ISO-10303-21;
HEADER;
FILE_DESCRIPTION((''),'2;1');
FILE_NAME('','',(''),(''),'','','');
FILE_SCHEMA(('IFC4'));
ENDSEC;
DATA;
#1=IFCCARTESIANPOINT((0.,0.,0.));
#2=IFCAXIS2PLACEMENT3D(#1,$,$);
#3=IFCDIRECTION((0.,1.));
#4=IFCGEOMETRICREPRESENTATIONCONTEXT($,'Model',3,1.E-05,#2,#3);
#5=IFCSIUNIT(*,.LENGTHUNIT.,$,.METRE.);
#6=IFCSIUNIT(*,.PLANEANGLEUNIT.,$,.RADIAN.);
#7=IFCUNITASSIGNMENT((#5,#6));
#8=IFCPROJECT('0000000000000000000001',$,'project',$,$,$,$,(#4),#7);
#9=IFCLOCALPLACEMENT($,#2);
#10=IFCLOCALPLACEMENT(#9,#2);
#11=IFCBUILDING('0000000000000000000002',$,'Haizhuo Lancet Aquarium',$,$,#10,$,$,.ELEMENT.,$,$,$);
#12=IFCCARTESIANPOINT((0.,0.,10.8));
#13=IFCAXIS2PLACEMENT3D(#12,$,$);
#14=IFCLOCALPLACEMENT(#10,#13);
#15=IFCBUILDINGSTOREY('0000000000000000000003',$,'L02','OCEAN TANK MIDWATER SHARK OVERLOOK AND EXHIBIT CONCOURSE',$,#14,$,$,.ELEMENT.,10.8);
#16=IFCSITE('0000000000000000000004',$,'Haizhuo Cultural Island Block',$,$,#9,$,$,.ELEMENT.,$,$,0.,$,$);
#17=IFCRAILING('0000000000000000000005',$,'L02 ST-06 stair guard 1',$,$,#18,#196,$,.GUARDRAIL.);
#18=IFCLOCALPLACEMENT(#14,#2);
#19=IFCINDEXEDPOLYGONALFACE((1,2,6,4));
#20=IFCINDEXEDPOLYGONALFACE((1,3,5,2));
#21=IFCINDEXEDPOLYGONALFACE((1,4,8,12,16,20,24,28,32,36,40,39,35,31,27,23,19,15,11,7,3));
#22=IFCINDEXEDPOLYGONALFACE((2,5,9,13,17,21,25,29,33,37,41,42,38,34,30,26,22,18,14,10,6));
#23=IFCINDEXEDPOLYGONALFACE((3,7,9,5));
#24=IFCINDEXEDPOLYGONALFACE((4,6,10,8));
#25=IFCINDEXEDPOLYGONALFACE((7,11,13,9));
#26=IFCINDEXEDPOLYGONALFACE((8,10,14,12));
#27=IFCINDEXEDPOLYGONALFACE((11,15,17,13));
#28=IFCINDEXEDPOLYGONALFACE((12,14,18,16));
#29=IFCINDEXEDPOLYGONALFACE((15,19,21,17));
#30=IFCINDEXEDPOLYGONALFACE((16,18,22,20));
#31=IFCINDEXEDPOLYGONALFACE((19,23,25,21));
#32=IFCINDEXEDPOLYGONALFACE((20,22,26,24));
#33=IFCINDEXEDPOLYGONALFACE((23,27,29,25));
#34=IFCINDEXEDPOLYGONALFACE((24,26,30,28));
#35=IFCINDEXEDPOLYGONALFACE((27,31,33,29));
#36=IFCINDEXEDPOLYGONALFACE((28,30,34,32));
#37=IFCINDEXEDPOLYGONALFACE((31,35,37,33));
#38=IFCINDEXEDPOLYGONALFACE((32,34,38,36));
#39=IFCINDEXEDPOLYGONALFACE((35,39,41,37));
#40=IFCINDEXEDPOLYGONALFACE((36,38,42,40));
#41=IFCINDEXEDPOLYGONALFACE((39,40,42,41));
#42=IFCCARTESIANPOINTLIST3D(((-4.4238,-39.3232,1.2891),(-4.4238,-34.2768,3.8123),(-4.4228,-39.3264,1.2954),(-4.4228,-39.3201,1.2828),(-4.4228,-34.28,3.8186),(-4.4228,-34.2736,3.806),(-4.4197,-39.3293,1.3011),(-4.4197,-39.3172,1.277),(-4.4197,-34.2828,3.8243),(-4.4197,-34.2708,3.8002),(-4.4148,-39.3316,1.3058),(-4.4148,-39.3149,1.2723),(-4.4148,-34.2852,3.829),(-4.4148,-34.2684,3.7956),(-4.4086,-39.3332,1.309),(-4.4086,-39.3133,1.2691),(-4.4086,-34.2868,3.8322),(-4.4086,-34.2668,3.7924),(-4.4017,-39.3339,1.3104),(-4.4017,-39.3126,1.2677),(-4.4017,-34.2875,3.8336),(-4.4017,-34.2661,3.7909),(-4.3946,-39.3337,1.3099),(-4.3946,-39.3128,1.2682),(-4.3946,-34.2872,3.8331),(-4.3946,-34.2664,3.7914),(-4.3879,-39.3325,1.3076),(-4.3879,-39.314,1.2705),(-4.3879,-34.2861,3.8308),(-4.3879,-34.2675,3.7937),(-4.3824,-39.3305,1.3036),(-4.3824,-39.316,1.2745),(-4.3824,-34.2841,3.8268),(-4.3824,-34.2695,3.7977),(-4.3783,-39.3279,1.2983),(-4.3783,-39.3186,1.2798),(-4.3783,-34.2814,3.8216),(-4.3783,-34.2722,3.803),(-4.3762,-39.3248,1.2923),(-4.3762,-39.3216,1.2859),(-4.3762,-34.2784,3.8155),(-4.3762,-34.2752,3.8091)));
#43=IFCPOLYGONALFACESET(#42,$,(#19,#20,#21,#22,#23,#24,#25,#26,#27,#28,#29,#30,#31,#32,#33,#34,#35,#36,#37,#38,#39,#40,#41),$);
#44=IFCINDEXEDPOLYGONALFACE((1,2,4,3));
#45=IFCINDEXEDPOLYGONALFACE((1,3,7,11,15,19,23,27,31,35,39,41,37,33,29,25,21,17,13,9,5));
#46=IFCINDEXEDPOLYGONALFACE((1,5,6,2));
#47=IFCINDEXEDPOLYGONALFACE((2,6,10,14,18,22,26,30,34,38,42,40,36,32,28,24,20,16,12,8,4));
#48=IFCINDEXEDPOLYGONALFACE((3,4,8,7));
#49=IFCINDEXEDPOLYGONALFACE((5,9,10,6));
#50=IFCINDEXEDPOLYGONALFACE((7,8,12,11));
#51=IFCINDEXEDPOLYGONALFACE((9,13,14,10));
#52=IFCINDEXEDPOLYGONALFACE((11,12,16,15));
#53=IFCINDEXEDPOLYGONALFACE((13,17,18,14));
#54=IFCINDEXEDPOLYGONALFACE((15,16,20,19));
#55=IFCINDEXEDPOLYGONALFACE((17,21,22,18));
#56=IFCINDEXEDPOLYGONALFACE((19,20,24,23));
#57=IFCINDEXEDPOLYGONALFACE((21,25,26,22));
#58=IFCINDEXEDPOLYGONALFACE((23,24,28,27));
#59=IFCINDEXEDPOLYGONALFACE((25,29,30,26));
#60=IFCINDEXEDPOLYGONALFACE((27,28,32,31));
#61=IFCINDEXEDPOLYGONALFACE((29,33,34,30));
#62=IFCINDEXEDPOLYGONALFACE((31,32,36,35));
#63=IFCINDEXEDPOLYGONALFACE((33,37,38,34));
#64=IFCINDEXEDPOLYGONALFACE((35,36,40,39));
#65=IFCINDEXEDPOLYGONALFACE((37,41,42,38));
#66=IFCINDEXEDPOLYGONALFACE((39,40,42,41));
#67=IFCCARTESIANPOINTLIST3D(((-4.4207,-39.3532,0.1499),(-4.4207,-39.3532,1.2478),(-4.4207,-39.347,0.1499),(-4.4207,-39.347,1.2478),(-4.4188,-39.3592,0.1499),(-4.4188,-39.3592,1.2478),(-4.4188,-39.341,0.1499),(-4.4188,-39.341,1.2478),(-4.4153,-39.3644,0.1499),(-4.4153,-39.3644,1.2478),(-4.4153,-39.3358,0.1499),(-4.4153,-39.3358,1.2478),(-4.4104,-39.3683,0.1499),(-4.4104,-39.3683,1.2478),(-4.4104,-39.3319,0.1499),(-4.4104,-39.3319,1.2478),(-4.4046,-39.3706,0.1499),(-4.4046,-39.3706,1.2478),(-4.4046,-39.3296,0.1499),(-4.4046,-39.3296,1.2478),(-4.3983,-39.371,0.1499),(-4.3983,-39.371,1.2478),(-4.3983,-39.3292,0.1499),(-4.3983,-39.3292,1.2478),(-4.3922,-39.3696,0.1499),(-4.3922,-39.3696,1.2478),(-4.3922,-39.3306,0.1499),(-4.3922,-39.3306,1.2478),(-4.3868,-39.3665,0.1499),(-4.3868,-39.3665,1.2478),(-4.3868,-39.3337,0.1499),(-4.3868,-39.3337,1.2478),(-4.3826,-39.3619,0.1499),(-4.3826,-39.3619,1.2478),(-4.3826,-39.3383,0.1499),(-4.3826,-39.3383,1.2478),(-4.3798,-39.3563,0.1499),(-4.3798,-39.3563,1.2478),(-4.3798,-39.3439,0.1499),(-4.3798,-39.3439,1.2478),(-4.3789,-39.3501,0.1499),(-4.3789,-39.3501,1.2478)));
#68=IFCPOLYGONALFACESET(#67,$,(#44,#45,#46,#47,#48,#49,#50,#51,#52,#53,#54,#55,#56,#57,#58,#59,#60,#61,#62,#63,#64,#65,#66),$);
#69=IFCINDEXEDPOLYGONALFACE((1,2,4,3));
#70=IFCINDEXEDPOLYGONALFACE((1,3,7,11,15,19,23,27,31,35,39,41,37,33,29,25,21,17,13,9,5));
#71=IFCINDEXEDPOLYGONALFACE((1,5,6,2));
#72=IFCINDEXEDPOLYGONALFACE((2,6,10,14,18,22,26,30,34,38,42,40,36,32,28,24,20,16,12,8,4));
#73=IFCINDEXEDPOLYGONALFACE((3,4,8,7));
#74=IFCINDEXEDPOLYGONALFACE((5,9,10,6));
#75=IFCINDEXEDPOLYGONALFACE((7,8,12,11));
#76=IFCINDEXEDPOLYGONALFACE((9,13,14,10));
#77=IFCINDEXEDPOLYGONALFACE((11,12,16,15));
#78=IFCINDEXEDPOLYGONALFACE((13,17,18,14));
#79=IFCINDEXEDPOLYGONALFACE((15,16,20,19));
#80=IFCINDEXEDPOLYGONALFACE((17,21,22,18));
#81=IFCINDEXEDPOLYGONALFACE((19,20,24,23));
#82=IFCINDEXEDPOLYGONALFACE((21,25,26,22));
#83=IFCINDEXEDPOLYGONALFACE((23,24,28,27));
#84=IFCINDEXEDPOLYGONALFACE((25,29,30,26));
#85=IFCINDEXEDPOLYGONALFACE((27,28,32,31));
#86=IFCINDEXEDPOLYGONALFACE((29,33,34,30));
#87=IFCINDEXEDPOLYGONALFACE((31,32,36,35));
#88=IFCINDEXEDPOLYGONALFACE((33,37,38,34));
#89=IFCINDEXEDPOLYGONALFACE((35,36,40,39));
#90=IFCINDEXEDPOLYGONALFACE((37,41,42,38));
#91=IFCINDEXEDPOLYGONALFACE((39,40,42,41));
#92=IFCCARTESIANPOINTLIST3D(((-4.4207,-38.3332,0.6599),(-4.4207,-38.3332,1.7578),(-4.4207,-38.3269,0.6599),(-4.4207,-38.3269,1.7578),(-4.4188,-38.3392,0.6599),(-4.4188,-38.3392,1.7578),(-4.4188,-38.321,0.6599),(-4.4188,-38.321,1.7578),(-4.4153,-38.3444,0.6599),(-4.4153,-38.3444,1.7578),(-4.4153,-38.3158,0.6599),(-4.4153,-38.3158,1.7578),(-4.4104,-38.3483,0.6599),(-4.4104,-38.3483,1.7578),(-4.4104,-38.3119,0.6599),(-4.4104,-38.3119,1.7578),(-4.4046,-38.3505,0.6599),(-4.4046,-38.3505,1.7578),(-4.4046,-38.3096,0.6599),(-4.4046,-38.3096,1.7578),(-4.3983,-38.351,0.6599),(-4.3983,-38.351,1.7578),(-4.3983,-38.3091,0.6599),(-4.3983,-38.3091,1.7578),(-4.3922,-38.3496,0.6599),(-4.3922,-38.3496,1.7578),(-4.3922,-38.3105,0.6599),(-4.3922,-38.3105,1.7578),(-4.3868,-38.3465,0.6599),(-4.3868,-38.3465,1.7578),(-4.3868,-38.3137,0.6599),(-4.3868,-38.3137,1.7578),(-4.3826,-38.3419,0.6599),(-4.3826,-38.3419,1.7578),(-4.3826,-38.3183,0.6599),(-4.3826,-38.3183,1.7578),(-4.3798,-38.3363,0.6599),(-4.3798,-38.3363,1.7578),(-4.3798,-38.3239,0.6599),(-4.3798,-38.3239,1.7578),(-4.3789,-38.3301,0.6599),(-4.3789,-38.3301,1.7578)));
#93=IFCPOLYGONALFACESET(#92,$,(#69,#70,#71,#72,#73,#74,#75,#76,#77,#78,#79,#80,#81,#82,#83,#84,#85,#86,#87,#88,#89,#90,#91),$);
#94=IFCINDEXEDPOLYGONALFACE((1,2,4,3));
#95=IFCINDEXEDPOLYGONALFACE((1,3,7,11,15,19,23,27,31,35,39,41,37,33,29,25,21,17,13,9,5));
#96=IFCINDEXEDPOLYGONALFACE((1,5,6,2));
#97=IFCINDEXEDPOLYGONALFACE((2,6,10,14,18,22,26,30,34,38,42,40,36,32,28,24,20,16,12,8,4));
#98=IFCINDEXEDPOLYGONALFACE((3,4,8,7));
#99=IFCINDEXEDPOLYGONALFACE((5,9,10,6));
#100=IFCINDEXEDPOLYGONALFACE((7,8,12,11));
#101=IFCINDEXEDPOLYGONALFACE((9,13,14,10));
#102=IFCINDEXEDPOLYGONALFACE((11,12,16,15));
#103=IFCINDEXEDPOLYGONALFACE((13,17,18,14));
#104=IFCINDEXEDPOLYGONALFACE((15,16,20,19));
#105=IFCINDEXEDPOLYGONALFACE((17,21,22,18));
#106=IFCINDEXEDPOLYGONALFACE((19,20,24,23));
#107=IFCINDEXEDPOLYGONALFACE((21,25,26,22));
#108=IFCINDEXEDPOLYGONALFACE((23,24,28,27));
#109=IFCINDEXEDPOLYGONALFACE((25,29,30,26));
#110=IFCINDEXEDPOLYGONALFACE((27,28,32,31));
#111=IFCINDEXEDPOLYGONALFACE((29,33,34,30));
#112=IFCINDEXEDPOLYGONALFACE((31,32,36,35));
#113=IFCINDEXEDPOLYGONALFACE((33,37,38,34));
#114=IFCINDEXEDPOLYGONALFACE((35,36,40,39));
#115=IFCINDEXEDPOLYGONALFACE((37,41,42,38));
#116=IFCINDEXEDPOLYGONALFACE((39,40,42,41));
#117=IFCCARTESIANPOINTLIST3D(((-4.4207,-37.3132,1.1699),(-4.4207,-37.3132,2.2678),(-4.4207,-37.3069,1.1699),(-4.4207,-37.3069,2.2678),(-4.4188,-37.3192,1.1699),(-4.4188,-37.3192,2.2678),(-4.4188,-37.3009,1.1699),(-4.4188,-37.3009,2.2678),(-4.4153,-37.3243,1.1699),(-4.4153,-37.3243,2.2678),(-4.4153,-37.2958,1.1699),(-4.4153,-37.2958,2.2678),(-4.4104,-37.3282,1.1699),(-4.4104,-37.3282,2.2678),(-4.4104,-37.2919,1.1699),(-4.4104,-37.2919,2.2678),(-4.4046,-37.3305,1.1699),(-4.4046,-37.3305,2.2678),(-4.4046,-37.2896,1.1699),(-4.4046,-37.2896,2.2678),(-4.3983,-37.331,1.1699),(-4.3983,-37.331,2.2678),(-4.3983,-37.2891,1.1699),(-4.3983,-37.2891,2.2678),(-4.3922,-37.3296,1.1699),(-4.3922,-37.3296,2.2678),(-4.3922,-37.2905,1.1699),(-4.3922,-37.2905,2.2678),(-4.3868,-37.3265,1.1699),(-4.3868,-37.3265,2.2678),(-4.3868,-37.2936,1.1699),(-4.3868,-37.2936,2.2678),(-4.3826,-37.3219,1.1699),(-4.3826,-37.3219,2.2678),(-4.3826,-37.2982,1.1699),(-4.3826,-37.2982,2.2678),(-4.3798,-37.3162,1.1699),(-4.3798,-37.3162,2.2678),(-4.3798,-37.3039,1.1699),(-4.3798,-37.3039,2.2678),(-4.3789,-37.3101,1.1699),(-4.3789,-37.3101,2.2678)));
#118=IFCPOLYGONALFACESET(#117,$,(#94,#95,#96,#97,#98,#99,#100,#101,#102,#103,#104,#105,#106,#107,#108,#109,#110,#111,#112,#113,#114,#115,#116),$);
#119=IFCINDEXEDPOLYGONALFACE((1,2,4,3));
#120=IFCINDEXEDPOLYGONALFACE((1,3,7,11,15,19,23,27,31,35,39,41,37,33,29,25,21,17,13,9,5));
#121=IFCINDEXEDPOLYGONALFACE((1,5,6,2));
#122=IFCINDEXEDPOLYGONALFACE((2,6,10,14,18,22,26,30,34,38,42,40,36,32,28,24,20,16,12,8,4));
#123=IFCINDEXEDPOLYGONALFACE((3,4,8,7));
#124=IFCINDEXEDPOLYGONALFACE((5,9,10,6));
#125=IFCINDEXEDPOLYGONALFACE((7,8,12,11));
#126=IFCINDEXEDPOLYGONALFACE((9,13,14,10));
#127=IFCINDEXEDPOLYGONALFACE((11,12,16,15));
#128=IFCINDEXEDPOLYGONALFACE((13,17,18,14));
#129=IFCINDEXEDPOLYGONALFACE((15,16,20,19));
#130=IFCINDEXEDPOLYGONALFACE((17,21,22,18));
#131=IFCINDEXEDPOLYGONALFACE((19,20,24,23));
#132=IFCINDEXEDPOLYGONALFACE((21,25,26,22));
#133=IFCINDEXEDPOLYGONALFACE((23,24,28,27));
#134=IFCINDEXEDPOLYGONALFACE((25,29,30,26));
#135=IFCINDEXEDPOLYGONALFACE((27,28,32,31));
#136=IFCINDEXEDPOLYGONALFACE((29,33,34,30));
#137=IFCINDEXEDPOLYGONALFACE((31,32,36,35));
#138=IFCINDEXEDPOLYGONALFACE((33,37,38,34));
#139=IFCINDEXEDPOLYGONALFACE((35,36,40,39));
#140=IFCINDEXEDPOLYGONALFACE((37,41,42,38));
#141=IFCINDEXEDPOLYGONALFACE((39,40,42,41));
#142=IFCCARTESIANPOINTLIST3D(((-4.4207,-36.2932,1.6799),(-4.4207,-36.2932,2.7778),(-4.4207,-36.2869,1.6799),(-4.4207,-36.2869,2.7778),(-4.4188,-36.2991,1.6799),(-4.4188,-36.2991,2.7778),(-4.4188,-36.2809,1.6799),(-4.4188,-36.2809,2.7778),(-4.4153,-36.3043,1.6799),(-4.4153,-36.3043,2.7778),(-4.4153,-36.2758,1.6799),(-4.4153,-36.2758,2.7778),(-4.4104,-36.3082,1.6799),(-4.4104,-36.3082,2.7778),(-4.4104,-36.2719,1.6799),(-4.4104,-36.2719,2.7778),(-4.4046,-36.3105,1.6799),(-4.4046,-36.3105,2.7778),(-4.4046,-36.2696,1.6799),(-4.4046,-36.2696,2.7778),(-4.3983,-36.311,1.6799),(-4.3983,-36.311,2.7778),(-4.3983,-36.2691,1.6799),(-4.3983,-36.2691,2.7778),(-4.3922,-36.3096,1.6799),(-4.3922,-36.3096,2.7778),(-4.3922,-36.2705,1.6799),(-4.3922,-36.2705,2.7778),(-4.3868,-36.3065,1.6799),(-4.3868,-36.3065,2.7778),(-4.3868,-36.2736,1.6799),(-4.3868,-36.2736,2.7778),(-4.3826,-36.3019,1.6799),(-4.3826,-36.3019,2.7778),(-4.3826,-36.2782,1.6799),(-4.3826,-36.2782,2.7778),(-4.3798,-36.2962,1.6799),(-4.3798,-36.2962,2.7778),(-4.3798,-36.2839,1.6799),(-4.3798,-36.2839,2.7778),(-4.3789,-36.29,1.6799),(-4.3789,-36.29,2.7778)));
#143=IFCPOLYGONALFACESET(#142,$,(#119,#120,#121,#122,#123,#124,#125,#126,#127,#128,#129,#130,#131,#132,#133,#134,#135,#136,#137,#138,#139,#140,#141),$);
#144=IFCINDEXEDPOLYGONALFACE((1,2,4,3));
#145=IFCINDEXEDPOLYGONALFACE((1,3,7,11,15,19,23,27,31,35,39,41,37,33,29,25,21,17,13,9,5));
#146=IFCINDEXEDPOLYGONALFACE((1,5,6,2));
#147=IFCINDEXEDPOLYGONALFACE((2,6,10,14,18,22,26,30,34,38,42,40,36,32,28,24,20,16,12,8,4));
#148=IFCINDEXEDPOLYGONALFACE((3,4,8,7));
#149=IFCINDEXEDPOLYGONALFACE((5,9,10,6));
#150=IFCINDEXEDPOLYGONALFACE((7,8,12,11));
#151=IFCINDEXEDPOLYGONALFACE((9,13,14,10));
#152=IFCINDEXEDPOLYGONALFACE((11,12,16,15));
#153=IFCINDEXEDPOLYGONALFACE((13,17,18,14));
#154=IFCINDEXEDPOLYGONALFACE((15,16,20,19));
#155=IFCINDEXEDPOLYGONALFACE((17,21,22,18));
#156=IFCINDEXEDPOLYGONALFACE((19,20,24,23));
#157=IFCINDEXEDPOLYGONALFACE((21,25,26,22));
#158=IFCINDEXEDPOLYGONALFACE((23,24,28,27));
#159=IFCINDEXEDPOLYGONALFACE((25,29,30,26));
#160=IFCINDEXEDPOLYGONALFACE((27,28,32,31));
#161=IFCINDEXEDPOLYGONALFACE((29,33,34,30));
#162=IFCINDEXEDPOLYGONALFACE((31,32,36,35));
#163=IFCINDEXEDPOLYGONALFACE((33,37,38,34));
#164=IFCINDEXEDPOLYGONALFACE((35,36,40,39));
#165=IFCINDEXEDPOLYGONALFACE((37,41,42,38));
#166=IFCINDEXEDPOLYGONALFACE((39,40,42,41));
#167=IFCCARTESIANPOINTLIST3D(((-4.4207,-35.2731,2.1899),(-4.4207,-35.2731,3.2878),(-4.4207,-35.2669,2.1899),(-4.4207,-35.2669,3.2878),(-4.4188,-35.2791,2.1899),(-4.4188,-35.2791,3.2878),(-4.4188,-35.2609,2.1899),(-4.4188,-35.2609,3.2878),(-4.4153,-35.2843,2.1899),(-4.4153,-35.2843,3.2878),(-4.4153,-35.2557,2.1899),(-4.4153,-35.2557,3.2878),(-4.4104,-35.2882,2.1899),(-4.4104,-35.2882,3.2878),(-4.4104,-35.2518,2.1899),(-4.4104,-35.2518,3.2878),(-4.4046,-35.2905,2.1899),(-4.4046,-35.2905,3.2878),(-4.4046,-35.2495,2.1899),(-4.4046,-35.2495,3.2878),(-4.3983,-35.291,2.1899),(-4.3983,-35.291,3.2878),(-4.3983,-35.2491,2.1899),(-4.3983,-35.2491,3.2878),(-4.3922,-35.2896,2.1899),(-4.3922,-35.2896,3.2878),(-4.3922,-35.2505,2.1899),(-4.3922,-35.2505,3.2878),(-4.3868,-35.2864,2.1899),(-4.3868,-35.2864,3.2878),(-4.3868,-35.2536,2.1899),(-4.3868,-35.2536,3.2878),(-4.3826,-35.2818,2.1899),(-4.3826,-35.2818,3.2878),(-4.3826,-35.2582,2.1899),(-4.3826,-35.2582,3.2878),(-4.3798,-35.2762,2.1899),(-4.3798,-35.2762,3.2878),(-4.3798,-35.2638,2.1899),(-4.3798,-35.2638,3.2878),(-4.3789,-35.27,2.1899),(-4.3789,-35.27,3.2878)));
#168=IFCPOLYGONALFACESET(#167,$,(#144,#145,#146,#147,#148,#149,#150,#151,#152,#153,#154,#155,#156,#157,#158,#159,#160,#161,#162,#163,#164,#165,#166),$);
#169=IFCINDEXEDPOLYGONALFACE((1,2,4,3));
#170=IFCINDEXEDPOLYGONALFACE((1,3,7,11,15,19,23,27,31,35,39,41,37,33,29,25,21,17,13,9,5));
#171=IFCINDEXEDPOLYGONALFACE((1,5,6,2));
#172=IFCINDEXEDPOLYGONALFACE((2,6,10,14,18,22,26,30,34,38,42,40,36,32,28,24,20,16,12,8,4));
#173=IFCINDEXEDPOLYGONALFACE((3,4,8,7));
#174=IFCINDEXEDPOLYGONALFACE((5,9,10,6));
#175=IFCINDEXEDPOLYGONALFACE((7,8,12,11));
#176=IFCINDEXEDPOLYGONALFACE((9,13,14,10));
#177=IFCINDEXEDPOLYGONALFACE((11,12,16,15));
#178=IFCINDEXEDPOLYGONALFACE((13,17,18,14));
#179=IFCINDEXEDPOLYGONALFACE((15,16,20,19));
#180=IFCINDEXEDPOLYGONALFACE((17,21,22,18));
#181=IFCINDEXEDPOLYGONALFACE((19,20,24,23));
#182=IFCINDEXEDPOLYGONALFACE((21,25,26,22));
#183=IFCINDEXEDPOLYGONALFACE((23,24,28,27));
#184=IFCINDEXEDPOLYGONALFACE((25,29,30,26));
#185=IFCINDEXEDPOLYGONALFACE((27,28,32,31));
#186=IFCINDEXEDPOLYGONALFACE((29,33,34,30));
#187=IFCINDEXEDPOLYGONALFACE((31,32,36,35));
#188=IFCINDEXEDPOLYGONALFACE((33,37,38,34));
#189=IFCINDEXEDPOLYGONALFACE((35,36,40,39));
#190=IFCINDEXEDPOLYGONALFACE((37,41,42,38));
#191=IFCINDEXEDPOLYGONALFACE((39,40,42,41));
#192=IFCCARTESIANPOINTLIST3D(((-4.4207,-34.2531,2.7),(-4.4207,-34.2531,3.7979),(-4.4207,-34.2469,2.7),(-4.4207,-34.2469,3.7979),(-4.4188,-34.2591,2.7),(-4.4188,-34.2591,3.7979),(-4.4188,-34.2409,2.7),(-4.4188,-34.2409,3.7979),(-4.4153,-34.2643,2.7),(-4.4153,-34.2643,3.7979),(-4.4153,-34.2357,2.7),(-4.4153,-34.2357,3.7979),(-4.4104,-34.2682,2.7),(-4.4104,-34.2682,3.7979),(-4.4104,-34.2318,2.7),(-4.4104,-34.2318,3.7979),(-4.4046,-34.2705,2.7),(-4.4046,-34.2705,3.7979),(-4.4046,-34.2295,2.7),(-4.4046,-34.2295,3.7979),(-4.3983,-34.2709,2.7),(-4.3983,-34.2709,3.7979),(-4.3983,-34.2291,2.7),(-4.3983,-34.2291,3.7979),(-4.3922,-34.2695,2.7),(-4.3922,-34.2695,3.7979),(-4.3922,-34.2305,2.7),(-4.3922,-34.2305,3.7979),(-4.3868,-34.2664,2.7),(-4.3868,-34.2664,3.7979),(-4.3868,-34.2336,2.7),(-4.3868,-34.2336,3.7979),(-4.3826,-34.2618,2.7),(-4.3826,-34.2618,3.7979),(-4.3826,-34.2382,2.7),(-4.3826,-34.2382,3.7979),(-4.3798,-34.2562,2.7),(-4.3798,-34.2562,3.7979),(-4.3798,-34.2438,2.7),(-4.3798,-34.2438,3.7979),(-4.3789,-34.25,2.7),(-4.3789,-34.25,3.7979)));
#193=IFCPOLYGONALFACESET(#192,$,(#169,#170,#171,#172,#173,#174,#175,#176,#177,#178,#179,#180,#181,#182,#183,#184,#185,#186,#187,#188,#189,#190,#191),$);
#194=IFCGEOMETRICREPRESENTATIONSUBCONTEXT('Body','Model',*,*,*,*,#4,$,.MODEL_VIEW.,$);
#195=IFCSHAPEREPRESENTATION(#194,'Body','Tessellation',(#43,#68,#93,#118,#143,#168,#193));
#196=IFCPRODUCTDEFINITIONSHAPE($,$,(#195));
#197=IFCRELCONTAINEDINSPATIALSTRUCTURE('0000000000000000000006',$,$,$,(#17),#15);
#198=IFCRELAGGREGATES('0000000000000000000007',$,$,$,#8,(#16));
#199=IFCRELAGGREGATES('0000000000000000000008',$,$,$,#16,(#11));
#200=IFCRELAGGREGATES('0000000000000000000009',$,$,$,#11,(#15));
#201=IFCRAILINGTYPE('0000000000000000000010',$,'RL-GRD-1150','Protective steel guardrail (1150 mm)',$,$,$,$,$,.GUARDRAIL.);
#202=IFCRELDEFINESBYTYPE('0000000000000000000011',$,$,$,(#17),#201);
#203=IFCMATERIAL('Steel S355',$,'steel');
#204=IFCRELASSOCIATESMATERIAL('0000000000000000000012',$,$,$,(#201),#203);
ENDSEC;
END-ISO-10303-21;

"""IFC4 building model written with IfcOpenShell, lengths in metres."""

from ifc_helpers import new_model, si_unit, direction, frame, origin, origin_2d, place, context, subcontext, project, spatial, circle, extrude, material, type_object, element, save


model = new_model("IFC4")

# Units and contexts
model_context = context("Model", 3, precision=1e-05, world=origin(), true_north=direction((0.0, 1.0)))
body_context = subcontext(model_context, "Body", "Model", "MODEL_VIEW")
ifc_project = project(units=[si_unit("LENGTHUNIT", "METRE"), si_unit("PLANEANGLEUNIT", "RADIAN")], contexts=[model_context])

# Site, building, storey
site_placement = place(None, origin())
site = spatial("IfcSite", under=ifc_project, at=site_placement, Name="Haizhuo Cultural Island Block", CompositionType="ELEMENT", RefElevation=0.0)
building_placement = place(site_placement, origin())
building = spatial("IfcBuilding", under=site, at=building_placement, Name="Haizhuo Lancet Aquarium", CompositionType="ELEMENT")
storey_placement = place(building_placement, frame((0.0, 0.0, 10.8)))
storey = spatial("IfcBuildingStorey", under=building, at=storey_placement, Name="L02", Description="OCEAN TANK MIDWATER SHARK OVERLOOK AND EXHIBIT CONCOURSE", CompositionType="ELEMENT", Elevation=10.8)

# Shared definitions
ifc_material_1 = material(Name="Steel S355", Category="steel")

# Railing
railing_type_1 = type_object("IfcRailingType", Name="RL-GRD-1150", Description="Protective steel guardrail (1150 mm)", PredefinedType="GUARDRAIL", material=ifc_material_1)
railing_1_placement = place(storey_placement, frame((-4.3999, -39.3501, 0.1499)))
element("IfcRailing", 1, at=railing_1_placement, inside=storey, type_object=railing_type_1, Name="L02 ST-06 stair guard 1", PredefinedType="GUARDRAIL", context=body_context, shape_type="SweptSolid", body=[
    extrude(circle(Radius=0.0239, at=origin_2d()), frame((0.0, 0.0269, 1.1392), z_axis=(0.0, 0.894427, 0.447214), x_axis=(-1.0, 0.0, 0.0)), (0.0, 0.0, 1.0), 5.6421),
    extrude(circle(Radius=0.021, at=origin_2d()), origin(), (0.0, 0.0, 1.0), 1.0979),
    extrude(circle(Radius=0.021, at=origin_2d()), frame((0.0, 1.02, 0.51)), (0.0, 0.0, 1.0), 1.0979),
    extrude(circle(Radius=0.021, at=origin_2d()), frame((0.0, 2.04, 1.02)), (0.0, 0.0, 1.0), 1.0979),
    extrude(circle(Radius=0.021, at=origin_2d()), frame((0.0, 3.0601, 1.53)), (0.0, 0.0, 1.0), 1.0979),
    extrude(circle(Radius=0.021, at=origin_2d()), frame((0.0, 4.0801, 2.04)), (0.0, 0.0, 1.0), 1.0979),
    extrude(circle(Radius=0.021, at=origin_2d()), frame((0.0, 5.1001, 2.55)), (0.0, 0.0, 1.0), 1.0979),
])

save(model, "model.ifc")
